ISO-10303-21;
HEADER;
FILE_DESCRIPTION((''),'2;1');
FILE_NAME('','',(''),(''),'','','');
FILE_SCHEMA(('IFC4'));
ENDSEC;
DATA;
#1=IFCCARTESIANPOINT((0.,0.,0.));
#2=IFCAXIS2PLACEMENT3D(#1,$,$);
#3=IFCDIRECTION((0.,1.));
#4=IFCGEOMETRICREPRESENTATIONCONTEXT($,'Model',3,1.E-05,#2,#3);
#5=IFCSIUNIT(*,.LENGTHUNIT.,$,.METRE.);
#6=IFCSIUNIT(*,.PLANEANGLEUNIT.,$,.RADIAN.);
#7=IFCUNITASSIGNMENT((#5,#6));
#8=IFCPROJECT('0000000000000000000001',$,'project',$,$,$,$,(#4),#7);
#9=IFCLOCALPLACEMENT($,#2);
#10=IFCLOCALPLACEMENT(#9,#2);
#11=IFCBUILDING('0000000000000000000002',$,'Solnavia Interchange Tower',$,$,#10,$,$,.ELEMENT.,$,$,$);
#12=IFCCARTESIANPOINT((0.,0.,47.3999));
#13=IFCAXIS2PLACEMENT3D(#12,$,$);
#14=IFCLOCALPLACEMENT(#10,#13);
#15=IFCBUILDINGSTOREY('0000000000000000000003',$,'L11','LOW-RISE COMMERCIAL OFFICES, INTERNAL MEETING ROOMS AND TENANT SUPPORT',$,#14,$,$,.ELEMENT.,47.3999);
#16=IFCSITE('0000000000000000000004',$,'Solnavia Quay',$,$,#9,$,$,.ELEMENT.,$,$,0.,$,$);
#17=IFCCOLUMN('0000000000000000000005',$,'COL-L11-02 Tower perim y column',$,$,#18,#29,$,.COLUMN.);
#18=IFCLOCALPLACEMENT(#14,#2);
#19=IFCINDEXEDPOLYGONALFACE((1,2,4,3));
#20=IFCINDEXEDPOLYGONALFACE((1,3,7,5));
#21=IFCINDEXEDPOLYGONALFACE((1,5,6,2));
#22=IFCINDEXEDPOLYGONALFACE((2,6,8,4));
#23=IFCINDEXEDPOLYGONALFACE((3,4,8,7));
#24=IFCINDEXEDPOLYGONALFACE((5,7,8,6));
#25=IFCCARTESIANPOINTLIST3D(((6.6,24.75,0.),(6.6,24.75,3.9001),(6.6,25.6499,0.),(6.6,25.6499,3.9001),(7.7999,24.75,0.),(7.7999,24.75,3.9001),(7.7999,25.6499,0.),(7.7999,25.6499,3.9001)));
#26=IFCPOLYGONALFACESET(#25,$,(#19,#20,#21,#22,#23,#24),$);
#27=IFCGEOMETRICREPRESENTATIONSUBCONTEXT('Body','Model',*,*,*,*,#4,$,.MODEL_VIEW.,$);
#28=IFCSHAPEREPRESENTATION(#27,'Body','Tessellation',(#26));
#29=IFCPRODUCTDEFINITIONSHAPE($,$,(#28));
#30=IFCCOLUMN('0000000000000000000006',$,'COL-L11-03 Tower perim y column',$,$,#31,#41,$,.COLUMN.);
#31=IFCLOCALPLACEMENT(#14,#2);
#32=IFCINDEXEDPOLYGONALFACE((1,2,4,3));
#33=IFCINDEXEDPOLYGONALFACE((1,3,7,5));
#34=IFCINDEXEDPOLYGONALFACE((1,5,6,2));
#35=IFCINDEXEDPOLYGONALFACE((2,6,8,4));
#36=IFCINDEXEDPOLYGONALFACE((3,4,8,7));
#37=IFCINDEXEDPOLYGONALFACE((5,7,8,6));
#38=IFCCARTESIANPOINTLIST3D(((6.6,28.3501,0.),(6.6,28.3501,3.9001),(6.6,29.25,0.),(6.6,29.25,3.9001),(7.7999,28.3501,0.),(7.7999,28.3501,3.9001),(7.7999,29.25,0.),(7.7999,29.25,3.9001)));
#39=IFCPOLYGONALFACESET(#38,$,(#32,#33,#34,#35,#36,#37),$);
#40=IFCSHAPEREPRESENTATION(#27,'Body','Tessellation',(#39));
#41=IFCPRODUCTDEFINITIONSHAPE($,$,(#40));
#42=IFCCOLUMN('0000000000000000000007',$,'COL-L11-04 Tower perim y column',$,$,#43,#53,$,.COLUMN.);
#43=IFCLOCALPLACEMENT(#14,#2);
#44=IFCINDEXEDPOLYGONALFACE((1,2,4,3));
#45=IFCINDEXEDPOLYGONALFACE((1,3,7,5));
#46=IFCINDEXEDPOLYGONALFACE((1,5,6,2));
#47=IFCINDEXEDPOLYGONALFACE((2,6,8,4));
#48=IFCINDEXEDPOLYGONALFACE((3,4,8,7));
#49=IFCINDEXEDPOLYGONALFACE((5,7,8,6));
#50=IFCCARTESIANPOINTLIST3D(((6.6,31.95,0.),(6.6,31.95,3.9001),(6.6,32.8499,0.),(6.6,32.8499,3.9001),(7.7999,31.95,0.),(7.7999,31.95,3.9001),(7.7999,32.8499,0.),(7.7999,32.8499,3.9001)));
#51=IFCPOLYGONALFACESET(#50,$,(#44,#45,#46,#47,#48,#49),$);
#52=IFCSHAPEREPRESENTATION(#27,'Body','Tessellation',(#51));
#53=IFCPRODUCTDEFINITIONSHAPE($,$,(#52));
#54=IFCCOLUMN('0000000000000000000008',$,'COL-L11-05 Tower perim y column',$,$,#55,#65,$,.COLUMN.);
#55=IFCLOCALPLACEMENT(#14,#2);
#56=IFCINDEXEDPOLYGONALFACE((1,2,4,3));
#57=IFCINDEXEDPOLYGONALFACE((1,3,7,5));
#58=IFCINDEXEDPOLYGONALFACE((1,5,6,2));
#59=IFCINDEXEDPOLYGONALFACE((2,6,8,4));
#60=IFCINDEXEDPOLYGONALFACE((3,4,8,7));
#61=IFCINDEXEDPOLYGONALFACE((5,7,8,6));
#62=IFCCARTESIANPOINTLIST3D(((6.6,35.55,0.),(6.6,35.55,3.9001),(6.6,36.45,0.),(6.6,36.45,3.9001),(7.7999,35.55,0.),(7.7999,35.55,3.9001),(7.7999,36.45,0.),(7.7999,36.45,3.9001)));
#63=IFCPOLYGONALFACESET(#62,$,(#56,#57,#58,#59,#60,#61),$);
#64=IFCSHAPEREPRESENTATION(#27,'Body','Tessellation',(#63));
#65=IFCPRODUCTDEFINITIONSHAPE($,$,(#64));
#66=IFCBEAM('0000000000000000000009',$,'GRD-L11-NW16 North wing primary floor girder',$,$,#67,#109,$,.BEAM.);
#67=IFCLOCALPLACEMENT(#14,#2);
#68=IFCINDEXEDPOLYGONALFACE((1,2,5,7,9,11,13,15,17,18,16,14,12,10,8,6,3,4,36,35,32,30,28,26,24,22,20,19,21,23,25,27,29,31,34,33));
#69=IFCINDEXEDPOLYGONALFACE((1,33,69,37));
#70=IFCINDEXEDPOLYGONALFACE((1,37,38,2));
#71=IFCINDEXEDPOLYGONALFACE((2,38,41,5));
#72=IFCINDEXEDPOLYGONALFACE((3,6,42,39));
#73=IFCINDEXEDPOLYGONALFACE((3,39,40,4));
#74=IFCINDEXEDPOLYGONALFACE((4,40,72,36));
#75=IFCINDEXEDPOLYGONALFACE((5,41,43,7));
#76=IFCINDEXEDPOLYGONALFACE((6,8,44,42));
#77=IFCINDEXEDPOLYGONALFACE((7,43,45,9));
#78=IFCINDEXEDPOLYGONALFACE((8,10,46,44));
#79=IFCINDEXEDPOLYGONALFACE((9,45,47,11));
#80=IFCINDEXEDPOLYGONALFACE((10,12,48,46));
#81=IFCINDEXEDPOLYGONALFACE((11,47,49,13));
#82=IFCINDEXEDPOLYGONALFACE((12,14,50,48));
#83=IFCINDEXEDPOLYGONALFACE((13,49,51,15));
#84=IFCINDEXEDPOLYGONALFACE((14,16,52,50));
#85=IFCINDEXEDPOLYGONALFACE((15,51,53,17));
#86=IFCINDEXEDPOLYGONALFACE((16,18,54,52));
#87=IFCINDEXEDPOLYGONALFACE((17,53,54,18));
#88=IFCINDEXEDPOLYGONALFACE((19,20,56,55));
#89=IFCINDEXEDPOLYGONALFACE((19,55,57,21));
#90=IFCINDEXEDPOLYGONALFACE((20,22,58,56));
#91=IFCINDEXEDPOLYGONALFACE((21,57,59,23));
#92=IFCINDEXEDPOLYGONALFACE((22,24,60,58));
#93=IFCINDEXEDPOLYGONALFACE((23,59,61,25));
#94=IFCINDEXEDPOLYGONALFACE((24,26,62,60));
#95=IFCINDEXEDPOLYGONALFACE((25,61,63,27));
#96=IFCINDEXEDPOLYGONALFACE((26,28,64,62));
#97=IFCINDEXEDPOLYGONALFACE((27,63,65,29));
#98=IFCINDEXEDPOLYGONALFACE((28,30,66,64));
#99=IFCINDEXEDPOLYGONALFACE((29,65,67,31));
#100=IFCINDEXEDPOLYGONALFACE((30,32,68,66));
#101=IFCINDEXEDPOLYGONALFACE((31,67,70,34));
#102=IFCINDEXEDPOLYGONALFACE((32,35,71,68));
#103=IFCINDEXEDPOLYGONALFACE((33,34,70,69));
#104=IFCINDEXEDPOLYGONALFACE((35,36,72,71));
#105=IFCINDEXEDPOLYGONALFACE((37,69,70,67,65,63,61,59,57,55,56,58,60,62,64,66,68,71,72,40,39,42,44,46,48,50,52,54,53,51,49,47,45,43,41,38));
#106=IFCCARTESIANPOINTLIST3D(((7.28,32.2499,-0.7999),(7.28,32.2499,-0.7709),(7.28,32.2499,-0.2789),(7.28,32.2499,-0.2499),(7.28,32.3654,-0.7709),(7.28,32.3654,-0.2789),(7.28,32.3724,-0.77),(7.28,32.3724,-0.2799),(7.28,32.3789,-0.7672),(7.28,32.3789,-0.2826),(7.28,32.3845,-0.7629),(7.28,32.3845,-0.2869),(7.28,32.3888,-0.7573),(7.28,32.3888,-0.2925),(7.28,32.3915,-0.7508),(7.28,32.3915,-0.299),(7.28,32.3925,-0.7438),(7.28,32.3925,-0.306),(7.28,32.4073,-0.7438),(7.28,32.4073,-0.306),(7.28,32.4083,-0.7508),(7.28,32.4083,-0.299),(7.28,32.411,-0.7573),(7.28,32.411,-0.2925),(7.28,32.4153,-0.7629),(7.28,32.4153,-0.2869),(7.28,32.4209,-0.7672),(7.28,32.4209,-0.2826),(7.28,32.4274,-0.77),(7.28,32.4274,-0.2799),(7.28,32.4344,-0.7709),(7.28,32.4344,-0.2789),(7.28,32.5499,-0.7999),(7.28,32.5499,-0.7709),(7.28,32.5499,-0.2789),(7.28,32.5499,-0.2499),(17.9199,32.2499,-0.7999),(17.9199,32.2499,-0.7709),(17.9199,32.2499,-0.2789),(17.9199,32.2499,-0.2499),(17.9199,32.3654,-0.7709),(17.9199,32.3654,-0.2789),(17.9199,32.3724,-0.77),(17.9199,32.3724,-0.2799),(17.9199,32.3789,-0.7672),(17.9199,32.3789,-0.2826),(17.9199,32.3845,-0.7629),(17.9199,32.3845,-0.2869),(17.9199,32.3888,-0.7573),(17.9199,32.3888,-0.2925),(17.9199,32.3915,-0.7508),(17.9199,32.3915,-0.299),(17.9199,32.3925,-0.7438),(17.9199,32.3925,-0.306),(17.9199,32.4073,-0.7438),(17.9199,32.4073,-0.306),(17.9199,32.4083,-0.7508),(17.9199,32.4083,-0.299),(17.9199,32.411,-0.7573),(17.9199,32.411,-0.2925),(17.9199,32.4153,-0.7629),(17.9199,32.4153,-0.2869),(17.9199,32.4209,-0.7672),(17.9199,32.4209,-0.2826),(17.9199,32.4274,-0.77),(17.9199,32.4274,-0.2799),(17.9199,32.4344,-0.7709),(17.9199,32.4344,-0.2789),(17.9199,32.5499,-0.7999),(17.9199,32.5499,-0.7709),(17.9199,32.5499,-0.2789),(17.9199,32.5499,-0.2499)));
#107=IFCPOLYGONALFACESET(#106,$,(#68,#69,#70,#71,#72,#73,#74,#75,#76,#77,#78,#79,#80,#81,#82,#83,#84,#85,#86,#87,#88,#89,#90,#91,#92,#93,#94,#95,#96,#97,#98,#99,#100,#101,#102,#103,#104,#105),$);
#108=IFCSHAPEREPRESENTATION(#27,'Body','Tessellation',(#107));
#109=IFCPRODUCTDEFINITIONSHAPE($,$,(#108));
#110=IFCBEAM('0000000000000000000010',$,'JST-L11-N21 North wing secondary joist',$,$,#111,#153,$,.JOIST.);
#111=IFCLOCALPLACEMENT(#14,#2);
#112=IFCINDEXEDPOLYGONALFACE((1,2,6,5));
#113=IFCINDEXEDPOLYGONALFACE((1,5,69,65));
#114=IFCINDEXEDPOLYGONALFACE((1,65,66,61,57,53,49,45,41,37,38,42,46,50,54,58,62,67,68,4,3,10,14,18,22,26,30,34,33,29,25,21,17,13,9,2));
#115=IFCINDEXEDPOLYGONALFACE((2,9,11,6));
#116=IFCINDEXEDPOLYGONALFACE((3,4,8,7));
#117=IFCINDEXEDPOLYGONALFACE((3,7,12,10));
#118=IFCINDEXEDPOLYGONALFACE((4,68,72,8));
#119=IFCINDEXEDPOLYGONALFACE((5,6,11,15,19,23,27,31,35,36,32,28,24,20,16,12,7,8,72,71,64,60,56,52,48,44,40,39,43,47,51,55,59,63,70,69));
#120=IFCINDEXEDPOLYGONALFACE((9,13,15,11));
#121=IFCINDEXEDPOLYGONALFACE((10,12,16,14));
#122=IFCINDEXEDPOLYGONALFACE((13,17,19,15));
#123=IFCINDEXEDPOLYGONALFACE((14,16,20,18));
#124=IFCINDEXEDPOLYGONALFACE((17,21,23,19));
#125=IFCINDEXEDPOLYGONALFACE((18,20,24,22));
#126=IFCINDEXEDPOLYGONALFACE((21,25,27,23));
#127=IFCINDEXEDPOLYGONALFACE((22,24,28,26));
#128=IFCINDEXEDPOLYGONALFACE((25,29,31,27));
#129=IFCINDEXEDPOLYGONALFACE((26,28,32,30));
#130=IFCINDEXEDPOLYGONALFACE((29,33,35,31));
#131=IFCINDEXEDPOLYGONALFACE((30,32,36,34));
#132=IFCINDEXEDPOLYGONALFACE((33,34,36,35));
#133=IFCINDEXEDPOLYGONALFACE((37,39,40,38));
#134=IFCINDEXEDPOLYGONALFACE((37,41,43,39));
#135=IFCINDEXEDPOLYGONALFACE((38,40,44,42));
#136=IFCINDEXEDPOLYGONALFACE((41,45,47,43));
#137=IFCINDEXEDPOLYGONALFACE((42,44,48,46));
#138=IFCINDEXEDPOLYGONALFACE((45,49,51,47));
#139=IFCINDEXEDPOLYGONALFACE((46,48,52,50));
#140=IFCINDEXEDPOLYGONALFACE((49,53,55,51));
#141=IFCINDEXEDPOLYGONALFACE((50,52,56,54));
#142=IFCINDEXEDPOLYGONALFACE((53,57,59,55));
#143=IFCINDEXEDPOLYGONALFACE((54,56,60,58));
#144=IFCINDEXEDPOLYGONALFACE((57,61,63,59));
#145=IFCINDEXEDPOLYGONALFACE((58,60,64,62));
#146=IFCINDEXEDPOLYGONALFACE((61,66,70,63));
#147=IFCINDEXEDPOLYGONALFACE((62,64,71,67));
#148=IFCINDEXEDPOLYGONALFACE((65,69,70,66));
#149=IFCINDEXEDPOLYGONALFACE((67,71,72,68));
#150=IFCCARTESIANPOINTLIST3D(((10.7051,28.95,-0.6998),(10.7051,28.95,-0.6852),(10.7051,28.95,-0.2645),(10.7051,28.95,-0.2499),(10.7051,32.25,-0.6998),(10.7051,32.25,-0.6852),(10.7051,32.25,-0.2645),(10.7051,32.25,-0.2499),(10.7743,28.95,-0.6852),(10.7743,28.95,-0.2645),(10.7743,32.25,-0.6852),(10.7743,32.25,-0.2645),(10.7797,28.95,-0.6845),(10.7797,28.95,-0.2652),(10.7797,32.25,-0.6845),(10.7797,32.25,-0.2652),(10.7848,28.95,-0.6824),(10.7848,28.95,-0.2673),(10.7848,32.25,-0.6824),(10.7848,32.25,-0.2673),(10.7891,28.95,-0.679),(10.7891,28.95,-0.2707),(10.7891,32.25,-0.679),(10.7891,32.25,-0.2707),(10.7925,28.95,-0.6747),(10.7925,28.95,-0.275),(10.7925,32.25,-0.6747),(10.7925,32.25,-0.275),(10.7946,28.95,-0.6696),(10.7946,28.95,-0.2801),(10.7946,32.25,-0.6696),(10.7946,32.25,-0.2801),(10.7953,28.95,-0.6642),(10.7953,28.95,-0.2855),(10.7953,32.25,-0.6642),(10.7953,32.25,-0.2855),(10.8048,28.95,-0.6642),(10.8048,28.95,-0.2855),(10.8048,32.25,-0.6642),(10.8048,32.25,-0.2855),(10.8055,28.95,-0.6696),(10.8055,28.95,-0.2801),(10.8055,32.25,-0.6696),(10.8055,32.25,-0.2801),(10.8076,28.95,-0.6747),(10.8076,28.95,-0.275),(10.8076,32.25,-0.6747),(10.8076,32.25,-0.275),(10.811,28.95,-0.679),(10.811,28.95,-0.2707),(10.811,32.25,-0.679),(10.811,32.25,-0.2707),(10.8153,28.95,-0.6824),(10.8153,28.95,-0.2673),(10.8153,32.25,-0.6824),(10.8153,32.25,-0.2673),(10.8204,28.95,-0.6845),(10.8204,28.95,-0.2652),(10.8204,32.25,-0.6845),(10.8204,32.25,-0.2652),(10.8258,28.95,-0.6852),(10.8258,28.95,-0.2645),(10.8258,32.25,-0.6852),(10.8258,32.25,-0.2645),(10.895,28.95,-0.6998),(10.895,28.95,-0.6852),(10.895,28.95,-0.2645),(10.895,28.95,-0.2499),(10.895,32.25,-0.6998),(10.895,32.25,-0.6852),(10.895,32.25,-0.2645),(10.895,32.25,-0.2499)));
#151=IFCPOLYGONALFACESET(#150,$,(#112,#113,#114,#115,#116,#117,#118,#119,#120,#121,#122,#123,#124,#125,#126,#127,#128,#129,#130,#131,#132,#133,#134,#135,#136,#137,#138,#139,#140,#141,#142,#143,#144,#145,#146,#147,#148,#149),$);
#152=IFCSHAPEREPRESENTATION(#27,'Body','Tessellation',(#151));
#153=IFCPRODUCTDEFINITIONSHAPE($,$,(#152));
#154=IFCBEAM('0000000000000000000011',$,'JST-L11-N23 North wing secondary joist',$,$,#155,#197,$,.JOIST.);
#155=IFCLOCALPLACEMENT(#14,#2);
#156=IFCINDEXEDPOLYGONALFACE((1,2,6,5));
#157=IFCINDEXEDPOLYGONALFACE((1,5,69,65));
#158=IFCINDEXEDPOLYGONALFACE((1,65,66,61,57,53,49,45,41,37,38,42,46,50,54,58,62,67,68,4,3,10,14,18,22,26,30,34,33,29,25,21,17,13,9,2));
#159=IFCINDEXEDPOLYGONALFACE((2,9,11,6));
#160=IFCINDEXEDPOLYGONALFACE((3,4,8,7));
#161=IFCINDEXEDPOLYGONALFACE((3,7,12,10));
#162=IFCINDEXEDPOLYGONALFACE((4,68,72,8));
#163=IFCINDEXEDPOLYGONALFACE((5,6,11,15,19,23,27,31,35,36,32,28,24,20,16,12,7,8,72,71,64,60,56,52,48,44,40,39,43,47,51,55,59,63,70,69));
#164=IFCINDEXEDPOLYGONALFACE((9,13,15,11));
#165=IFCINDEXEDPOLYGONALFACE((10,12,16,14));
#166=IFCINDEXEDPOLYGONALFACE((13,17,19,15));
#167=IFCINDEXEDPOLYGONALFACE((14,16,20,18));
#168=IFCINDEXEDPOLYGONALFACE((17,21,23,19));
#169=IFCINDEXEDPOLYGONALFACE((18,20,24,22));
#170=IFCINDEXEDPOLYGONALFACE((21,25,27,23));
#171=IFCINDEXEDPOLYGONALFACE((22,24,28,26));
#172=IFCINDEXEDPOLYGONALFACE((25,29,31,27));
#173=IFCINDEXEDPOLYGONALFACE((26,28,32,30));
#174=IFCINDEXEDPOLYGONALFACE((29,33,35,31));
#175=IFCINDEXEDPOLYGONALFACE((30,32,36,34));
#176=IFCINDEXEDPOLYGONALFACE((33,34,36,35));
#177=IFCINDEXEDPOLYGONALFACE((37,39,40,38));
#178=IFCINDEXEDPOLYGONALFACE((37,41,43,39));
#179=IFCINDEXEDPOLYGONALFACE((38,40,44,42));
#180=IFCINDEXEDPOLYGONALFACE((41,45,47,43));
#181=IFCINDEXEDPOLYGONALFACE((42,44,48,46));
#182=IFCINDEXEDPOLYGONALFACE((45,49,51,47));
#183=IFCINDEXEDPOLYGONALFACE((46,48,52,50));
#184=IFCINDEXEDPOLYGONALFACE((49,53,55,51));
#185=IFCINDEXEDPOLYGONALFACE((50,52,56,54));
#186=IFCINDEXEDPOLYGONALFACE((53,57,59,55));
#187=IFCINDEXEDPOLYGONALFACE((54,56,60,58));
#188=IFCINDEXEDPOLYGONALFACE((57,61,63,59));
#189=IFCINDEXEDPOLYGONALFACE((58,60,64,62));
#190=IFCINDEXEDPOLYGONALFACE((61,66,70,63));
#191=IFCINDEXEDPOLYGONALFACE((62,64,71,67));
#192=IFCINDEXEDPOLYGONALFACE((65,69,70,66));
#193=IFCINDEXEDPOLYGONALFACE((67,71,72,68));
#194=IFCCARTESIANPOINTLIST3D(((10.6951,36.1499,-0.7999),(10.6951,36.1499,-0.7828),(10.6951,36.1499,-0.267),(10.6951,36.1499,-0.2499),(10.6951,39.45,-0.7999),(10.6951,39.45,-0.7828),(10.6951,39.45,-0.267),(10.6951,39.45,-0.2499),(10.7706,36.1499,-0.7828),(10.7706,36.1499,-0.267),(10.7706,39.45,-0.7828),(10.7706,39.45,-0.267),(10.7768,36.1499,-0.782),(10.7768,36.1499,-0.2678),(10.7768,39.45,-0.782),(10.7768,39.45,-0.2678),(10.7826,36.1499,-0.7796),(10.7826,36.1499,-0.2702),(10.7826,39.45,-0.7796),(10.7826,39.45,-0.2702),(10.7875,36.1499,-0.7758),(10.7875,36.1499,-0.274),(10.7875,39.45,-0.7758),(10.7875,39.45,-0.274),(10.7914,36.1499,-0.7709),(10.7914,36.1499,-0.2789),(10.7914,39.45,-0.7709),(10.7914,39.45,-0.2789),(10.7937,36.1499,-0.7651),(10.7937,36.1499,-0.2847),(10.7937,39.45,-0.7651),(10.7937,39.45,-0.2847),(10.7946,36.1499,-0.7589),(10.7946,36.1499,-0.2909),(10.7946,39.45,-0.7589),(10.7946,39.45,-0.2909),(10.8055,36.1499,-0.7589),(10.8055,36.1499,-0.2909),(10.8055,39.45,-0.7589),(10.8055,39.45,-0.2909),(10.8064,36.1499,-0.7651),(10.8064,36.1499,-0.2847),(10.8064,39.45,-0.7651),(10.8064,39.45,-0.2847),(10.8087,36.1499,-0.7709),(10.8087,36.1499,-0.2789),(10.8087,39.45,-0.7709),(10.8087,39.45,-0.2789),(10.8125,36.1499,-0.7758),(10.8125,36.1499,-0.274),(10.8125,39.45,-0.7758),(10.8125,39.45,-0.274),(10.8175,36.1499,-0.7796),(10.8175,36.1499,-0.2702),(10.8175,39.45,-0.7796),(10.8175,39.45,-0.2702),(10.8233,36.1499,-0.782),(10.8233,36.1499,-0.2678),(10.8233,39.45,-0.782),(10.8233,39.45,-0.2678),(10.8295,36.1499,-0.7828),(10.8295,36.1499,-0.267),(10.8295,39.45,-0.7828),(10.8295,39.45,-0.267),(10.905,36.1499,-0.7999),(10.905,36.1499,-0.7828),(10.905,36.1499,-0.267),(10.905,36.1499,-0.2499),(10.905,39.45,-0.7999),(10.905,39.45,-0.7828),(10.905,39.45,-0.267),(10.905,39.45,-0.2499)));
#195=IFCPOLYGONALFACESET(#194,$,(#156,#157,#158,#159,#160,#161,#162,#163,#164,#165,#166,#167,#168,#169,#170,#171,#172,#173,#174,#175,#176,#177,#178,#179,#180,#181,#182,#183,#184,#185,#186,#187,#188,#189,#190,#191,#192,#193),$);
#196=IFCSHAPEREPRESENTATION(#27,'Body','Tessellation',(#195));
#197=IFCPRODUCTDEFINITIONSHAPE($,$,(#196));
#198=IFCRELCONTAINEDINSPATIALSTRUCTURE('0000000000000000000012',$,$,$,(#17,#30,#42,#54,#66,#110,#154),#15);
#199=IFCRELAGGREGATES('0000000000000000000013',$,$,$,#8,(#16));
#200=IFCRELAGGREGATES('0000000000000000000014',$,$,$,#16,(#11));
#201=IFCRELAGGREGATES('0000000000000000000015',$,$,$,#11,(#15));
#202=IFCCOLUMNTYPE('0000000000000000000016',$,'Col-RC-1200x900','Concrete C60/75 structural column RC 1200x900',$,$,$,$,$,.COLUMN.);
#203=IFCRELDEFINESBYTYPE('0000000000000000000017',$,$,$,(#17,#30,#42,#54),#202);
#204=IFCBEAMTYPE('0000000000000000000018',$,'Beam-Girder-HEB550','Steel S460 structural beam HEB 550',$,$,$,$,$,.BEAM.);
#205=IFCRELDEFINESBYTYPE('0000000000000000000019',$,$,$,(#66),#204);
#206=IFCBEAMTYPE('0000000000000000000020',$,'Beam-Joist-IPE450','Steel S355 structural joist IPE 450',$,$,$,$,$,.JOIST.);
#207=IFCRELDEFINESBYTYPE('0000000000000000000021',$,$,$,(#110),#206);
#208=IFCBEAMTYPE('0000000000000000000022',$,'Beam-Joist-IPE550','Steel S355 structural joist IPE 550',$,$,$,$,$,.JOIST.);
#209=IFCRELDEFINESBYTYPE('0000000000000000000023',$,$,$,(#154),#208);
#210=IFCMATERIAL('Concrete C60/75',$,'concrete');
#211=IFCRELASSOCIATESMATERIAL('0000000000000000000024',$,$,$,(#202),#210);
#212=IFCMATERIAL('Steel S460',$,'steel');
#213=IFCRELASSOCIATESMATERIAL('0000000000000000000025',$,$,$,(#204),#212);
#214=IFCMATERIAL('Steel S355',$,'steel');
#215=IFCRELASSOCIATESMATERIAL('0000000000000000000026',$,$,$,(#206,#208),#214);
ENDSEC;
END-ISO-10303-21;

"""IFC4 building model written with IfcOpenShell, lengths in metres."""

from ifc_helpers import new_model, si_unit, direction, frame, origin, origin_2d, place, context, subcontext, project, spatial, rectangle, i_section, extrude, material, material_profile, profile_set, type_object, element, save


model = new_model("IFC4")

# Units and contexts
model_context = context("Model", 3, precision=1e-05, world=origin(), true_north=direction((0.0, 1.0)))
body_context = subcontext(model_context, "Body", "Model", "MODEL_VIEW")
ifc_project = project(units=[si_unit("LENGTHUNIT", "METRE"), si_unit("PLANEANGLEUNIT", "RADIAN")], contexts=[model_context])

# Site, building, storey
site_placement = place(None, origin())
site = spatial("IfcSite", under=ifc_project, at=site_placement, Name="Solnavia Quay", CompositionType="ELEMENT", RefElevation=0.0)
building_placement = place(site_placement, origin())
building = spatial("IfcBuilding", under=site, at=building_placement, Name="Solnavia Interchange Tower", CompositionType="ELEMENT")
storey_placement = place(building_placement, frame((0.0, 0.0, 47.3999)))
storey = spatial("IfcBuildingStorey", under=building, at=storey_placement, Name="L11", Description="LOW-RISE COMMERCIAL OFFICES, INTERNAL MEETING ROOMS AND TENANT SUPPORT", CompositionType="ELEMENT", Elevation=47.3999)

# Columns
ifc_material_1 = material(Name="Concrete C60/75", Category="concrete")
ifc_material_profile_1 = material_profile(ifc_material_1, rectangle(XDim=0.8999, YDim=1.2, at=origin_2d()), Name="RC 1200x900")
ifc_profile_set_1 = profile_set([ifc_material_profile_1], Name="Concrete C60/75")
column_type = type_object("IfcColumnType", Name="Col-RC-1200x900", Description="Concrete C60/75 structural column RC 1200x900", PredefinedType="COLUMN", material=ifc_profile_set_1)
for number, where, z_axis, x_axis, name in (
    (1, (7.2, 25.2, 0.0), (0.0, 0.0, 1.0), (0.0, 1.0, 0.0), "COL-L11-02 Tower perim y column"),
    (2, (7.2, 28.8, 0.0), (0.0, 0.0, 1.0), (0.0, 1.0, 0.0), "COL-L11-03 Tower perim y column"),
    (3, (7.2, 32.3999, 0.0), (0.0, 0.0, 1.0), (0.0, 1.0, 0.0), "COL-L11-04 Tower perim y column"),
    (4, (7.2, 36.0, 0.0), (0.0, 0.0, 1.0), (0.0, 1.0, 0.0), "COL-L11-05 Tower perim y column"),
):
    element("IfcColumn", number, at=place(storey_placement, frame(where, z_axis=z_axis, x_axis=x_axis)), inside=storey, type_object=column_type, Name=name, PredefinedType="COLUMN", context=body_context, shape_type="SweptSolid", body=[
        extrude(rectangle(XDim=0.8999, YDim=1.2, at=origin_2d()), origin(), (0.0, 0.0, 1.0), 3.9001),
    ])

# Beams
ifc_material_2 = material(Name="Steel S460", Category="steel")
ifc_material_profile_2 = material_profile(ifc_material_2, i_section(OverallWidth=0.3, OverallDepth=0.55, WebThickness=0.0149, FlangeThickness=0.0291, FilletRadius=0.0271, at=origin_2d()), Name="HEB 550")
ifc_profile_set_2 = profile_set([ifc_material_profile_2], Name="Steel S460")
beam_type_1 = type_object("IfcBeamType", Name="Beam-Girder-HEB550", Description="Steel S460 structural beam HEB 550", PredefinedType="BEAM", material=ifc_profile_set_2)
beam_1_placement = place(storey_placement, frame((7.28, 32.3999, -0.5249), z_axis=(1.0, 0.0, 0.0), x_axis=(0.0, 1.0, 0.0)))
element("IfcBeam", 5, at=beam_1_placement, inside=storey, type_object=beam_type_1, Name="GRD-L11-NW16 North wing primary floor girder", PredefinedType="BEAM", context=body_context, shape_type="SweptSolid", body=[
    extrude(i_section(OverallWidth=0.3, OverallDepth=0.55, WebThickness=0.0149, FlangeThickness=0.0291, FilletRadius=0.0271, at=origin_2d()), origin(), (0.0, 0.0, 1.0), 10.6399),
])
ifc_material_3 = material(Name="Steel S355", Category="steel")
ifc_material_profile_3 = material_profile(ifc_material_3, i_section(OverallWidth=0.1899, OverallDepth=0.45, WebThickness=0.0095, FlangeThickness=0.0146, FilletRadius=0.021, at=origin_2d()), Name="IPE 450")
ifc_profile_set_3 = profile_set([ifc_material_profile_3], Name="Steel S355")
beam_type_2 = type_object("IfcBeamType", Name="Beam-Joist-IPE450", Description="Steel S355 structural joist IPE 450", PredefinedType="JOIST", material=ifc_profile_set_3)
beam_2_placement = place(storey_placement, frame((10.8, 28.95, -0.4749), z_axis=(0.0, 1.0, 0.0), x_axis=(-1.0, 0.0, 0.0)))
element("IfcBeam", 6, at=beam_2_placement, inside=storey, type_object=beam_type_2, Name="JST-L11-N21 North wing secondary joist", PredefinedType="JOIST", context=body_context, shape_type="SweptSolid", body=[
    extrude(i_section(OverallWidth=0.1899, OverallDepth=0.45, WebThickness=0.0095, FlangeThickness=0.0146, FilletRadius=0.021, at=origin_2d()), origin(), (0.0, 0.0, 1.0), 3.3),
])
ifc_material_profile_4 = material_profile(ifc_material_3, i_section(OverallWidth=0.21, OverallDepth=0.55, WebThickness=0.011, FlangeThickness=0.0171, FilletRadius=0.0239, at=origin_2d()), Name="IPE 550")
ifc_profile_set_4 = profile_set([ifc_material_profile_4], Name="Steel S355")
beam_type_3 = type_object("IfcBeamType", Name="Beam-Joist-IPE550", Description="Steel S355 structural joist IPE 550", PredefinedType="JOIST", material=ifc_profile_set_4)
beam_3_placement = place(storey_placement, frame((10.8, 36.1499, -0.5249), z_axis=(0.0, 1.0, 0.0), x_axis=(-1.0, 0.0, 0.0)))
element("IfcBeam", 7, at=beam_3_placement, inside=storey, type_object=beam_type_3, Name="JST-L11-N23 North wing secondary joist", PredefinedType="JOIST", context=body_context, shape_type="SweptSolid", body=[
    extrude(i_section(OverallWidth=0.21, OverallDepth=0.55, WebThickness=0.011, FlangeThickness=0.0171, FilletRadius=0.0239, at=origin_2d()), origin(), (0.0, 0.0, 1.0), 3.3),
])

save(model, "model.ifc")
